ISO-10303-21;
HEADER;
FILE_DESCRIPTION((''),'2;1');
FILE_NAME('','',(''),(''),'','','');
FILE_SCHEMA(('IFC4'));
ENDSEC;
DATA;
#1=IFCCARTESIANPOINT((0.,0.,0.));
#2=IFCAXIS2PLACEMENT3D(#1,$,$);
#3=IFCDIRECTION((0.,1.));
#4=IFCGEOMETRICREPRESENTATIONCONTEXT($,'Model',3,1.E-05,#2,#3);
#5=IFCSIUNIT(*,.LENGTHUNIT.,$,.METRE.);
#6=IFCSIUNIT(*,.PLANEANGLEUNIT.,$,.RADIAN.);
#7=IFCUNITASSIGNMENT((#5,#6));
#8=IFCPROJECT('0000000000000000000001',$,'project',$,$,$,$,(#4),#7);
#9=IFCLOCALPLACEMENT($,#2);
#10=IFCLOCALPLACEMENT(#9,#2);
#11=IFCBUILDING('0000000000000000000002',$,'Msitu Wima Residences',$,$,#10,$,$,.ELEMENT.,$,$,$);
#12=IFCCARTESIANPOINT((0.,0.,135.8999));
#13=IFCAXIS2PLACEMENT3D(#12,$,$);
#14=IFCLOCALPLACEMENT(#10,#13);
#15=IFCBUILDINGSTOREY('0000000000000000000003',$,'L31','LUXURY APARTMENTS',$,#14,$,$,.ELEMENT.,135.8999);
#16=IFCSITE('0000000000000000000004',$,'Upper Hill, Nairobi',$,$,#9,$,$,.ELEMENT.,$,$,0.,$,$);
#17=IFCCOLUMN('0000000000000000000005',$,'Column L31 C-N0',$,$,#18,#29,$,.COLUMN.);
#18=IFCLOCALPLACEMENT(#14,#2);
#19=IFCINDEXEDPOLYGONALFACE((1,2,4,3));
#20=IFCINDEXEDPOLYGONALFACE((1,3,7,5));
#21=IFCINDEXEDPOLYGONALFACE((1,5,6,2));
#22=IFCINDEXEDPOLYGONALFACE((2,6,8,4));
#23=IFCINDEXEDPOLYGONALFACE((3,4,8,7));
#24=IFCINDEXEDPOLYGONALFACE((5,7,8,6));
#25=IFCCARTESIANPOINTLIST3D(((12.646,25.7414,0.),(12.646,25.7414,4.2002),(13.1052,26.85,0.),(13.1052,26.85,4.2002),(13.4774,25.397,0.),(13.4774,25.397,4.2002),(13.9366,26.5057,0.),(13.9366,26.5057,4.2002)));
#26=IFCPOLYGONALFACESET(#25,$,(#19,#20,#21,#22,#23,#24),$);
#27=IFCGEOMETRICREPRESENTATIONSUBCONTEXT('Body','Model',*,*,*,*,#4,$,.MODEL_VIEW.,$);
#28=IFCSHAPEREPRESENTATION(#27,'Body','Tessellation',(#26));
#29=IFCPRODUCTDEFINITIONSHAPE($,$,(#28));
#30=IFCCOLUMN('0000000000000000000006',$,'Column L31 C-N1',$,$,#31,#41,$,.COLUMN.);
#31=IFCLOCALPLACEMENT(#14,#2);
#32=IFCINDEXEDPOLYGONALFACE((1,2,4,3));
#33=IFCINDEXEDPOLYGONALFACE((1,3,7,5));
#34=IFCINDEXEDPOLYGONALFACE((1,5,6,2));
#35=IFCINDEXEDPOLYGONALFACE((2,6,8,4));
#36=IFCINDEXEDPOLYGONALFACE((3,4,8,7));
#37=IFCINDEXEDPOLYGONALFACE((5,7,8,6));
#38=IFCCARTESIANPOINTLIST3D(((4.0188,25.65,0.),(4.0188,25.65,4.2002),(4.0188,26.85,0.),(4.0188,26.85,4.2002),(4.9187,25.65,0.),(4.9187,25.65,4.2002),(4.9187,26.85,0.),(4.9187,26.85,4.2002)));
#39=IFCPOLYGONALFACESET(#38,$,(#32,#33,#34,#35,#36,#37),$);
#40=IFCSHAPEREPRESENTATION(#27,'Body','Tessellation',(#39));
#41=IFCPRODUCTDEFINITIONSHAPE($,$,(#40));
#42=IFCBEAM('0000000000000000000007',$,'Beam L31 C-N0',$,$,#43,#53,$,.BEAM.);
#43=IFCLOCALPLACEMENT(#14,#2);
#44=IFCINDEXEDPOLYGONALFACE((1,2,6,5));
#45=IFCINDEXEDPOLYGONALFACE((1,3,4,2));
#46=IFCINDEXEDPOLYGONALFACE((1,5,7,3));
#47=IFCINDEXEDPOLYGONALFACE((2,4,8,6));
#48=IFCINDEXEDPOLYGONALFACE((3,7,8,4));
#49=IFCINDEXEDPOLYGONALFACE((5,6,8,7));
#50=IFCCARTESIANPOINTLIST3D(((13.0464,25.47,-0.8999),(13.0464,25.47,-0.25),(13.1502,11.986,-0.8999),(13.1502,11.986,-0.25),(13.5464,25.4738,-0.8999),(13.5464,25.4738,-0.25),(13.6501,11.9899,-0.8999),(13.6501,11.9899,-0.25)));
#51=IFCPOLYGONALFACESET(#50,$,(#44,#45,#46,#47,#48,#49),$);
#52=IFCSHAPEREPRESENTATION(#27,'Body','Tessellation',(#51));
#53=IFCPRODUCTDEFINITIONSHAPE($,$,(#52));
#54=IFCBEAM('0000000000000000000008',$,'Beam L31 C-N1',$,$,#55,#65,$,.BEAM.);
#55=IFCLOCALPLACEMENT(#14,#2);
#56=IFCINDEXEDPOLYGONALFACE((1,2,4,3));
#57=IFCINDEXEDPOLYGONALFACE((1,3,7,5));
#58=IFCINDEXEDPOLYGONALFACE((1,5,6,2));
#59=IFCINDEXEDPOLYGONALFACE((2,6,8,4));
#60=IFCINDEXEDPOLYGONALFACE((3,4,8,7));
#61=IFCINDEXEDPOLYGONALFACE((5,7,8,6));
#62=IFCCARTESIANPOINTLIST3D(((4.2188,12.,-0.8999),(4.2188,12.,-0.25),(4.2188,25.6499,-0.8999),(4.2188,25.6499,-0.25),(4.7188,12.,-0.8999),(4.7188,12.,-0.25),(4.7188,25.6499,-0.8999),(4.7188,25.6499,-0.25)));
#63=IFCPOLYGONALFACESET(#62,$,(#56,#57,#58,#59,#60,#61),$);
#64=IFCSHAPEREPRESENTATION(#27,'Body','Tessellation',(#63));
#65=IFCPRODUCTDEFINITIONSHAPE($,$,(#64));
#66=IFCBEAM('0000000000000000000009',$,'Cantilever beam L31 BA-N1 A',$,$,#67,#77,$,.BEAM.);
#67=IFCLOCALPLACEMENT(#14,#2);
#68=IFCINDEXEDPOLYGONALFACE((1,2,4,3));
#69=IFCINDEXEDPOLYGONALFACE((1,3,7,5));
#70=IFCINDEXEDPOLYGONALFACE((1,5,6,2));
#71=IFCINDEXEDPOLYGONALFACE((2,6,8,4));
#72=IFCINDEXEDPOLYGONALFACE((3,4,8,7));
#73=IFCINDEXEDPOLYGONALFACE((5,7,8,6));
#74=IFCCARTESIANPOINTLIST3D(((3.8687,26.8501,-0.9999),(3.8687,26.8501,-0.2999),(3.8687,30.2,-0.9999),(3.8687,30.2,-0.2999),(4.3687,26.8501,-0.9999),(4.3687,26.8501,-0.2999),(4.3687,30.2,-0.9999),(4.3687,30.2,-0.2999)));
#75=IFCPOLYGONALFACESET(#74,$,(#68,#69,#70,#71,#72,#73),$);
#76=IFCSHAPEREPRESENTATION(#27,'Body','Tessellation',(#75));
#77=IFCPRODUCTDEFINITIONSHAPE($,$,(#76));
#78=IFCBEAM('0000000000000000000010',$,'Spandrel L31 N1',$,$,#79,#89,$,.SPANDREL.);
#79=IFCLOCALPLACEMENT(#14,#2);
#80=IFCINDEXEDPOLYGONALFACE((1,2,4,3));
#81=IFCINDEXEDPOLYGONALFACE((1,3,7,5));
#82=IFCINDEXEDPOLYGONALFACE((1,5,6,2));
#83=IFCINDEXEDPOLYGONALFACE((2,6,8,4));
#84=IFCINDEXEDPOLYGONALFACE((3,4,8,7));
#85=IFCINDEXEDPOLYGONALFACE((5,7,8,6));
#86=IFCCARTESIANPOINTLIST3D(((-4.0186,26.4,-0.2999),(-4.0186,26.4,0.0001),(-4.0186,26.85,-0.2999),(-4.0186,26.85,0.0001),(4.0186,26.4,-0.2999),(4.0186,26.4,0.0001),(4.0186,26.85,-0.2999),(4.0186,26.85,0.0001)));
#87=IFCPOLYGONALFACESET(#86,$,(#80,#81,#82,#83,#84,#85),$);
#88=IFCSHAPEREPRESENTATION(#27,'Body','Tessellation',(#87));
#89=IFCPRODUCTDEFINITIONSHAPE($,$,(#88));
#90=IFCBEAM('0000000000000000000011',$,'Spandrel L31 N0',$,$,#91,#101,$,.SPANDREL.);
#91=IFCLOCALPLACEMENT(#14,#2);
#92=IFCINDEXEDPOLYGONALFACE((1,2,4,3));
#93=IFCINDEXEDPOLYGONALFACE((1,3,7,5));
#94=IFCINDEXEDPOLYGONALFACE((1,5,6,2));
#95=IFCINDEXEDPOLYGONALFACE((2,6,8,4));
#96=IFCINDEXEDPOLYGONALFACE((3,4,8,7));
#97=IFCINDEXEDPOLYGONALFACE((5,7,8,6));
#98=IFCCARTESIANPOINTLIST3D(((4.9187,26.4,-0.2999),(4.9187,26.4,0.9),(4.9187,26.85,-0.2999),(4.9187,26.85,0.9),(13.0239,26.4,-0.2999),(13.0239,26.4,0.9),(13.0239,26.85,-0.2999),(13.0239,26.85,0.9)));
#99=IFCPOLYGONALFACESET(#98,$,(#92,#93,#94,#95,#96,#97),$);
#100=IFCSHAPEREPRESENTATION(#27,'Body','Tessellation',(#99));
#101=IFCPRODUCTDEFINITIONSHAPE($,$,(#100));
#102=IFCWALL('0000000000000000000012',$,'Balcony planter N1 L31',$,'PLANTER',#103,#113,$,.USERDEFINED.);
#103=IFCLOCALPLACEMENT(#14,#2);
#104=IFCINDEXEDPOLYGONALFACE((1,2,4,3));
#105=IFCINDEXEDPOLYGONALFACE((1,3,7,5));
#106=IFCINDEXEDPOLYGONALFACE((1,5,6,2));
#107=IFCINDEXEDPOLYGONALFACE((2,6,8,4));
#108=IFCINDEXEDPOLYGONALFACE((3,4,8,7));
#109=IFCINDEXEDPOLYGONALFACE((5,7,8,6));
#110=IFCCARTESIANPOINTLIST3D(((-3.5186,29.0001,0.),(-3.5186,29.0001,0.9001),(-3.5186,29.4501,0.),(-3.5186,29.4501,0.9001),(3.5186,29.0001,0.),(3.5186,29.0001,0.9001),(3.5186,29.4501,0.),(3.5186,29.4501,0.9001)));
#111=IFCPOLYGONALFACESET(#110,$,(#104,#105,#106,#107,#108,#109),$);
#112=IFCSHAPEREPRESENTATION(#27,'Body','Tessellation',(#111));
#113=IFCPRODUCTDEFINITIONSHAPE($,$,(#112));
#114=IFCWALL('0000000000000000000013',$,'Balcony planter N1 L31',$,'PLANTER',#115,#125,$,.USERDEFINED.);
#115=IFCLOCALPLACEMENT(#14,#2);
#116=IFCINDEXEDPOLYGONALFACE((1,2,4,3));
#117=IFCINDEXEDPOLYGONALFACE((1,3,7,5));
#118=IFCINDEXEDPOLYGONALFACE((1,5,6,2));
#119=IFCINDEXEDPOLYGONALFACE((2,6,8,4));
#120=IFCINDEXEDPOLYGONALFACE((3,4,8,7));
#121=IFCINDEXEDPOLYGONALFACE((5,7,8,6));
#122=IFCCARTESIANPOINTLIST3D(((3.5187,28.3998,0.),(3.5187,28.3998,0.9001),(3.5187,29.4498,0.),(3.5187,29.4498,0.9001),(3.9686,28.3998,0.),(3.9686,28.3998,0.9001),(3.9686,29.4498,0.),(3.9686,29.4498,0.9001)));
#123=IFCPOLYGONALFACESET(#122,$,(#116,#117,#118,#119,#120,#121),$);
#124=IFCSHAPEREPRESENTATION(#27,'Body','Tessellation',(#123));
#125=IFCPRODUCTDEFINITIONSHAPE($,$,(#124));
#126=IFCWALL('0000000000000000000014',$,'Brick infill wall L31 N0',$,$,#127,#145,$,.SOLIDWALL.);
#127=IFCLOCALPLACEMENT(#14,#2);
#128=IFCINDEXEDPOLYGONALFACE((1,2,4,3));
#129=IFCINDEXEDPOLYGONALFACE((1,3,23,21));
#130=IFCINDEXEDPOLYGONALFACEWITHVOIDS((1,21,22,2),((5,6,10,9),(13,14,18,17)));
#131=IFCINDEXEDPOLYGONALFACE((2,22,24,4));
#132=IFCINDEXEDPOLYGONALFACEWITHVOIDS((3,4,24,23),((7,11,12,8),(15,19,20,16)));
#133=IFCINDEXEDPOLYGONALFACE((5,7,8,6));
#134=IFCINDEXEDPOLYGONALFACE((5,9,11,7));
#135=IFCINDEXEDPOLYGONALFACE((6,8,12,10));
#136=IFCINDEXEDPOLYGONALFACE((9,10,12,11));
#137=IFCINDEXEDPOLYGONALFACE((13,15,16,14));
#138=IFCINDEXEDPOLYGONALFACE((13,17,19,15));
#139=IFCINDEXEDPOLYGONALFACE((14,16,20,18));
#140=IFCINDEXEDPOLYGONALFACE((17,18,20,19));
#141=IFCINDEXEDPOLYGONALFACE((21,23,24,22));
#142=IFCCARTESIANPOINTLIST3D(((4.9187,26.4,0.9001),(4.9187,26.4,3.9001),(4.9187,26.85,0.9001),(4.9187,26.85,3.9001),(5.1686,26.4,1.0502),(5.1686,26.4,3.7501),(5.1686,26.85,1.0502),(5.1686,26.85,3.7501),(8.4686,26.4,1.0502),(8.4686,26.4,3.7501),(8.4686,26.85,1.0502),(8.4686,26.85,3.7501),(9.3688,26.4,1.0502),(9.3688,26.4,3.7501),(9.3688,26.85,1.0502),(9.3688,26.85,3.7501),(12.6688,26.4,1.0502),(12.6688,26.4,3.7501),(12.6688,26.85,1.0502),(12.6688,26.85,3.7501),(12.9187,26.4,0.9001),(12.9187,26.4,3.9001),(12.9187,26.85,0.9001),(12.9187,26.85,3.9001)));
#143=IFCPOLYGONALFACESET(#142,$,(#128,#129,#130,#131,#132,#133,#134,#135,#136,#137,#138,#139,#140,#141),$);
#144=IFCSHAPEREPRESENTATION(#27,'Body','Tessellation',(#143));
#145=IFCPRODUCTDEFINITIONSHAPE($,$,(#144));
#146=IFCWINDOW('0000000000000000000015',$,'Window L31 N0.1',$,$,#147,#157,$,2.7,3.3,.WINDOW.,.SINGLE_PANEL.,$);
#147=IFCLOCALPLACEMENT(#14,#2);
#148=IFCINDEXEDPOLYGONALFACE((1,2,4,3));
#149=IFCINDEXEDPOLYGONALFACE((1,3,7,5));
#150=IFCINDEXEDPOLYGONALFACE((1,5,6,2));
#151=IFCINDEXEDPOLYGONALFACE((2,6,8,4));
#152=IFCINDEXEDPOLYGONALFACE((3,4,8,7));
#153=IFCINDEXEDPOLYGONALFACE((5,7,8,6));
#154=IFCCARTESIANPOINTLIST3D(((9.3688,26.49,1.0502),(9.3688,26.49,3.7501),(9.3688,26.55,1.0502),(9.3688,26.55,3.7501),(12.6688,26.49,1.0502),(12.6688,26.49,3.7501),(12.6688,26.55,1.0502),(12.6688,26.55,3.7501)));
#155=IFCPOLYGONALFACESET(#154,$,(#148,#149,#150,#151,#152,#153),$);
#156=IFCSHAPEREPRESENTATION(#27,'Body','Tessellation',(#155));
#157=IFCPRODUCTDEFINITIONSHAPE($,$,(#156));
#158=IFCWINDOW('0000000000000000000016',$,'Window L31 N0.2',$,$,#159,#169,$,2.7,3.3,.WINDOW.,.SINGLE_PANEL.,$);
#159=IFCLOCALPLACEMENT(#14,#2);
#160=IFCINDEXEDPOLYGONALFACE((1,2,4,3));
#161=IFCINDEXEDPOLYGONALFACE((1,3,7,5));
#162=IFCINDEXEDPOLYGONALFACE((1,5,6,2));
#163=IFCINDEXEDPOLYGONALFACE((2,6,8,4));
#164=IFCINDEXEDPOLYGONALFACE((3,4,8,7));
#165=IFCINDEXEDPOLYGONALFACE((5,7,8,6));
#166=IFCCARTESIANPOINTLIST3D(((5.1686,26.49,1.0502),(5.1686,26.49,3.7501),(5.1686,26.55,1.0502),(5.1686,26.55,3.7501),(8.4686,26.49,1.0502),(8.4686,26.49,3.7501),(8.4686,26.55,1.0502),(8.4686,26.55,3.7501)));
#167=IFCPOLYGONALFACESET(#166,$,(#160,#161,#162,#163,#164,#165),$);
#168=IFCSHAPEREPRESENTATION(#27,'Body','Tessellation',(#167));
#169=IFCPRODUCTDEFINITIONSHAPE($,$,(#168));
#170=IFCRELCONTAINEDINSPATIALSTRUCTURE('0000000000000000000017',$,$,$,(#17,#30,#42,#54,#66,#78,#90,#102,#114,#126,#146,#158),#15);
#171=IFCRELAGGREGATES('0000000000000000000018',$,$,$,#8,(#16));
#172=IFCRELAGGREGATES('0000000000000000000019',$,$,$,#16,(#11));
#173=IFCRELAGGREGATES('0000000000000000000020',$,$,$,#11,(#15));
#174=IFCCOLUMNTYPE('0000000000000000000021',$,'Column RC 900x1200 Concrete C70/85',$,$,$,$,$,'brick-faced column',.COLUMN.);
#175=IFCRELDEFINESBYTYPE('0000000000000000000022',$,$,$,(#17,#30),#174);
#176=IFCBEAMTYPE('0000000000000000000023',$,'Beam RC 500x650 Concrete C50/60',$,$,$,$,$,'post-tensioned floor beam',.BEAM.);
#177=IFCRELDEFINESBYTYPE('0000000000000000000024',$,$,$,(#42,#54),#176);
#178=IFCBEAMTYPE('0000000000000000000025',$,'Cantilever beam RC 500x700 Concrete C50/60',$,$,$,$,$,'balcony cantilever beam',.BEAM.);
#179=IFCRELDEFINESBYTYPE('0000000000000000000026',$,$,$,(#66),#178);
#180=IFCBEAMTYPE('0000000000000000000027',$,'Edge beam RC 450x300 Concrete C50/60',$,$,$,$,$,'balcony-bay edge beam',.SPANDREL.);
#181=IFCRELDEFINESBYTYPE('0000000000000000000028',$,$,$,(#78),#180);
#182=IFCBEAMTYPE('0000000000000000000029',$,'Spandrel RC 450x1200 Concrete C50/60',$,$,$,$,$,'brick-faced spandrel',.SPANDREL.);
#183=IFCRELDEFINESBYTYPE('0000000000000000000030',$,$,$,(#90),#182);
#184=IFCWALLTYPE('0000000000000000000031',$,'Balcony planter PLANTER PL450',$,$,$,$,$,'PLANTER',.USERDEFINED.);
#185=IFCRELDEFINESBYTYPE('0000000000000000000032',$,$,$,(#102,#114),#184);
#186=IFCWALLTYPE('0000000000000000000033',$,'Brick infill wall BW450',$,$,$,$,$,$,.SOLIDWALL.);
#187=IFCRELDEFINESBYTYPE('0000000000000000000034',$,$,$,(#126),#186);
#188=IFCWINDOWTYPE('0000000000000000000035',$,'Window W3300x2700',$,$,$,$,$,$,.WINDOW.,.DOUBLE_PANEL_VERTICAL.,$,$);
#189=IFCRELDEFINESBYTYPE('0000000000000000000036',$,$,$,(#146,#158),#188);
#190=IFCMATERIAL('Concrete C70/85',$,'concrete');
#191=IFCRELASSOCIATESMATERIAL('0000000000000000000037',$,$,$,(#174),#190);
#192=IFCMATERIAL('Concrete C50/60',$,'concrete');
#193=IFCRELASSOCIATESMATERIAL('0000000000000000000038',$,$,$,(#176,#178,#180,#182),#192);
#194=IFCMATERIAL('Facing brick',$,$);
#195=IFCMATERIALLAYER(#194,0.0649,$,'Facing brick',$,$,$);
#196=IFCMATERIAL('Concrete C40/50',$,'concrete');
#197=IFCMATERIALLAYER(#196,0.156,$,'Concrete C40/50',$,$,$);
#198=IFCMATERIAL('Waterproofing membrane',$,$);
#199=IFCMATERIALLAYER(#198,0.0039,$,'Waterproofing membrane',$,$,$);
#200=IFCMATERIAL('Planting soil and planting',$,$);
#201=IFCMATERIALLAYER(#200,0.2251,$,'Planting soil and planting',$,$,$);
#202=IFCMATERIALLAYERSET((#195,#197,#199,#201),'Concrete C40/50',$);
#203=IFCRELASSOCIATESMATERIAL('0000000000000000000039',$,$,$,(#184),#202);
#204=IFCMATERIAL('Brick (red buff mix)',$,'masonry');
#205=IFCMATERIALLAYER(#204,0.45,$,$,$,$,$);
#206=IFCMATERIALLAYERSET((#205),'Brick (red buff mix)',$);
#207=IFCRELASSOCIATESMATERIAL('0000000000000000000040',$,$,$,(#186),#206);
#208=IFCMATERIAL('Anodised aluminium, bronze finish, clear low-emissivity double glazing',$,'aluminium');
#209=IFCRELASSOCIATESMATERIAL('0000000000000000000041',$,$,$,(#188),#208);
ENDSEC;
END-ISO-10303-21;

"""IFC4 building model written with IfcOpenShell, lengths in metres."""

from ifc_helpers import new_model, si_unit, direction, frame, frame_2d, origin, origin_2d, place, context, subcontext, project, spatial, rectangle, extrude, material, layer, layer_set, material_profile, profile_set, type_object, element, fill, save


model = new_model("IFC4")

# Units and contexts
model_context = context("Model", 3, precision=1e-05, world=origin(), true_north=direction((0.0, 1.0)))
body_context = subcontext(model_context, "Body", "Model", "MODEL_VIEW")
ifc_project = project(units=[si_unit("LENGTHUNIT", "METRE"), si_unit("PLANEANGLEUNIT", "RADIAN")], contexts=[model_context])

# Site, building, storey
site_placement = place(None, origin())
site = spatial("IfcSite", under=ifc_project, at=site_placement, Name="Upper Hill, Nairobi", CompositionType="ELEMENT", RefElevation=0.0)
building_placement = place(site_placement, origin())
building = spatial("IfcBuilding", under=site, at=building_placement, Name="Msitu Wima Residences", CompositionType="ELEMENT")
storey_placement = place(building_placement, frame((0.0, 0.0, 135.8999)))
storey = spatial("IfcBuildingStorey", under=building, at=storey_placement, Name="L31", Description="LUXURY APARTMENTS", CompositionType="ELEMENT", Elevation=135.8999)

# Columns
ifc_material_1 = material(Name="Concrete C70/85", Category="concrete")
ifc_material_profile_1 = material_profile(ifc_material_1, rectangle(XDim=0.8999, YDim=1.2, at=origin_2d()), Name="RC 900x1200")
ifc_profile_set_1 = profile_set([ifc_material_profile_1], Name="Concrete C70/85")
column_type = type_object("IfcColumnType", Name="Column RC 900x1200 Concrete C70/85", ElementType="brick-faced column", PredefinedType="COLUMN", material=ifc_profile_set_1)
for number, where, z_axis, x_axis, name in (
    (1, (13.2913, 26.1235, 0.0), (0.0, 0.0, 1.0), (-0.92388, 0.382683, 0.0), "Column L31 C-N0"),
    (2, (4.4688, 26.25, 0.0), (0.0, 0.0, 1.0), (-1.0, 0.0, 0.0), "Column L31 C-N1"),
):
    element("IfcColumn", number, at=place(storey_placement, frame(where, z_axis=z_axis, x_axis=x_axis)), inside=storey, type_object=column_type, Name=name, PredefinedType="COLUMN", context=body_context, shape_type="SweptSolid", body=[
        extrude(rectangle(XDim=0.8999, YDim=1.2, at=origin_2d()), origin(), (0.0, 0.0, 1.0), 4.2002),
    ])

# Beams
ifc_material_2 = material(Name="Concrete C50/60", Category="concrete")
ifc_material_profile_2 = material_profile(ifc_material_2, rectangle(XDim=0.5, YDim=0.6499, at=origin_2d()), Name="RC 500x650")
ifc_profile_set_2 = profile_set([ifc_material_profile_2], Name="Concrete C50/60")
beam_type_1 = type_object("IfcBeamType", Name="Beam RC 500x650 Concrete C50/60", ElementType="post-tensioned floor beam", PredefinedType="BEAM", material=ifc_profile_set_2)
beam_1_placement = place(storey_placement, frame((13.2964, 25.4719, -0.575), z_axis=(0.007695, -0.99997, 0.0), x_axis=(0.99997, 0.007695, 0.0)))
element("IfcBeam", 3, at=beam_1_placement, inside=storey, type_object=beam_type_1, Name="Beam L31 C-N0", PredefinedType="BEAM", context=body_context, shape_type="SweptSolid", body=[
    extrude(rectangle(XDim=0.5, YDim=0.6499, at=origin_2d()), origin(), (0.0, 0.0, 1.0), 13.4844),
])
beam_2_placement = place(storey_placement, frame((4.4688, 25.6499, -0.575), z_axis=(0.0, -1.0, 0.0), x_axis=(1.0, 0.0, 0.0)))
element("IfcBeam", 4, at=beam_2_placement, inside=storey, type_object=beam_type_1, Name="Beam L31 C-N1", PredefinedType="BEAM", context=body_context, shape_type="SweptSolid", body=[
    extrude(rectangle(XDim=0.5, YDim=0.6499, at=origin_2d()), origin(), (0.0, 0.0, 1.0), 13.6499),
])
ifc_material_profile_3 = material_profile(ifc_material_2, rectangle(XDim=0.5, YDim=0.7, at=origin_2d()), Name="RC 500x700")
ifc_profile_set_3 = profile_set([ifc_material_profile_3], Name="Concrete C50/60")
beam_type_2 = type_object("IfcBeamType", Name="Cantilever beam RC 500x700 Concrete C50/60", ElementType="balcony cantilever beam", PredefinedType="BEAM", material=ifc_profile_set_3)
beam_3_placement = place(storey_placement, frame((4.1187, 26.8501, -0.6499), z_axis=(0.0, 1.0, 0.0), x_axis=(-1.0, 0.0, 0.0)))
element("IfcBeam", 5, at=beam_3_placement, inside=storey, type_object=beam_type_2, Name="Cantilever beam L31 BA-N1 A", PredefinedType="BEAM", context=body_context, shape_type="SweptSolid", body=[
    extrude(rectangle(XDim=0.5, YDim=0.7, at=origin_2d()), origin(), (0.0, 0.0, 1.0), 3.3499),
])
ifc_material_profile_4 = material_profile(ifc_material_2, rectangle(XDim=0.45, YDim=0.3, at=origin_2d()), Name="RC 450x300")
ifc_profile_set_4 = profile_set([ifc_material_profile_4], Name="Concrete C50/60")
beam_type_3 = type_object("IfcBeamType", Name="Edge beam RC 450x300 Concrete C50/60", ElementType="balcony-bay edge beam", PredefinedType="SPANDREL", material=ifc_profile_set_4)
beam_4_placement = place(storey_placement, frame((4.0186, 26.625, -0.1499), z_axis=(-1.0, 0.0, 0.0), x_axis=(0.0, -1.0, 0.0)))
element("IfcBeam", 6, at=beam_4_placement, inside=storey, type_object=beam_type_3, Name="Spandrel L31 N1", PredefinedType="SPANDREL", context=body_context, shape_type="SweptSolid", body=[
    extrude(rectangle(XDim=0.45, YDim=0.3, at=origin_2d()), origin(), (0.0, 0.0, 1.0), 8.0371),
])
ifc_material_profile_5 = material_profile(ifc_material_2, rectangle(XDim=0.45, YDim=1.2, at=origin_2d()), Name="RC 450x1200")
ifc_profile_set_5 = profile_set([ifc_material_profile_5], Name="Concrete C50/60")
beam_type_4 = type_object("IfcBeamType", Name="Spandrel RC 450x1200 Concrete C50/60", ElementType="brick-faced spandrel", PredefinedType="SPANDREL", material=ifc_profile_set_5)
beam_5_placement = place(storey_placement, frame((13.0239, 26.625, 0.3), z_axis=(-1.0, 0.0, 0.0), x_axis=(0.0, -1.0, 0.0)))
element("IfcBeam", 7, at=beam_5_placement, inside=storey, type_object=beam_type_4, Name="Spandrel L31 N0", PredefinedType="SPANDREL", context=body_context, shape_type="SweptSolid", body=[
    extrude(rectangle(XDim=0.45, YDim=1.2, at=origin_2d()), origin(), (0.0, 0.0, 1.0), 8.1052),
])

# Walls
ifc_material_3 = material(Name="Facing brick")
ifc_layer_1 = layer(ifc_material_3, 0.0649, Name="Facing brick")
ifc_material_4 = material(Name="Concrete C40/50", Category="concrete")
ifc_layer_2 = layer(ifc_material_4, 0.156, Name="Concrete C40/50")
ifc_material_5 = material(Name="Waterproofing membrane")
ifc_layer_3 = layer(ifc_material_5, 0.0039, Name="Waterproofing membrane")
ifc_material_6 = material(Name="Planting soil and planting")
ifc_layer_4 = layer(ifc_material_6, 0.2251, Name="Planting soil and planting")
ifc_layer_set_1 = layer_set([ifc_layer_1, ifc_layer_2, ifc_layer_3, ifc_layer_4], Name="Concrete C40/50")
wall_type_1 = type_object("IfcWallType", Name="Balcony planter PLANTER PL450", ElementType="PLANTER", PredefinedType="USERDEFINED", material=ifc_layer_set_1)
wall_1_placement = place(storey_placement, frame((3.5186, 29.2251, 0.0), z_axis=(0.0, 0.0, 1.0), x_axis=(-1.0, 0.0, 0.0)))
element("IfcWall", 8, at=wall_1_placement, inside=storey, type_object=wall_type_1, Name="Balcony planter N1 L31", ObjectType="PLANTER", PredefinedType="USERDEFINED", context=body_context, shape_type="SweptSolid", body=[
    extrude(rectangle(XDim=7.0371, YDim=0.45, at=frame_2d((3.5186, 0.0))), origin(), (0.0, 0.0, 1.0), 0.9001),
])
wall_2_placement = place(storey_placement, frame((3.7437, 28.3999, 0.0), z_axis=(0.0, 0.0, 1.0), x_axis=(0.0, 1.0, 0.0)))
element("IfcWall", 9, at=wall_2_placement, inside=storey, type_object=wall_type_1, Name="Balcony planter N1 L31", ObjectType="PLANTER", PredefinedType="USERDEFINED", context=body_context, shape_type="SweptSolid", body=[
    extrude(rectangle(XDim=1.05, YDim=0.45, at=frame_2d((0.5249, 0.0))), origin(), (0.0, 0.0, 1.0), 0.9001),
])

# Wall, openings, windows
ifc_material_7 = material(Name="Brick (red buff mix)", Category="masonry")
ifc_layer_5 = layer(ifc_material_7, 0.45)
ifc_layer_set_2 = layer_set([ifc_layer_5], Name="Brick (red buff mix)")
wall_type_2 = type_object("IfcWallType", Name="Brick infill wall BW450", PredefinedType="SOLIDWALL", material=ifc_layer_set_2)
wall_3_placement = place(storey_placement, frame((12.9187, 26.625, 0.9001), z_axis=(0.0, 0.0, 1.0), x_axis=(-1.0, 0.0, 0.0)))
wall_3 = element("IfcWall", 10, at=wall_3_placement, inside=storey, type_object=wall_type_2, Name="Brick infill wall L31 N0", PredefinedType="SOLIDWALL", context=body_context, shape_type="SweptSolid", body=[
    extrude(rectangle(XDim=8.0, YDim=0.45, at=frame_2d((4.0, 0.0))), origin(), (0.0, 0.0, 1.0), 3.0),
])
opening_1_placement = place(wall_3_placement, frame((0.25, 0.0, 0.1499)))
opening_1 = element("IfcOpeningElement", 11, at=opening_1_placement, cuts=wall_3, PredefinedType="OPENING", context=body_context, shape_type="SweptSolid", body=[
    extrude(rectangle(XDim=3.3, YDim=2.7, at=frame_2d((1.6499, 1.3501))), frame((0.0, 0.2349, 0.0), z_axis=(0.0, -1.0, 0.0), x_axis=(1.0, 0.0, 0.0)), (0.0, 0.0, 1.0), 0.47),
])
opening_2_placement = place(wall_3_placement, frame((4.4502, 0.0, 0.1499)))
opening_2 = element("IfcOpeningElement", 12, at=opening_2_placement, cuts=wall_3, PredefinedType="OPENING", context=body_context, shape_type="SweptSolid", body=[
    extrude(rectangle(XDim=3.3, YDim=2.7, at=frame_2d((1.6499, 1.3501))), frame((0.0, 0.2349, 0.0), z_axis=(0.0, -1.0, 0.0), x_axis=(1.0, 0.0, 0.0)), (0.0, 0.0, 1.0), 0.47),
])
ifc_material_8 = material(Name="Anodised aluminium, bronze finish, clear low-emissivity double glazing", Category="aluminium")
window_type = type_object("IfcWindowType", Name="Window W3300x2700", PartitioningType="DOUBLE_PANEL_VERTICAL", PredefinedType="WINDOW", material=ifc_material_8)
window_1_placement = place(opening_1_placement, origin())
window_1 = element("IfcWindow", 13, at=window_1_placement, inside=storey, type_object=window_type, Name="Window L31 N0.1", OverallHeight=2.7, OverallWidth=3.3, PartitioningType="SINGLE_PANEL", PredefinedType="WINDOW", context=body_context, shape_type="SweptSolid", body=[
    extrude(rectangle(XDim=3.3, YDim=2.7, at=frame_2d((1.6499, 1.3501))), frame((0.0, 0.135, 0.0), z_axis=(0.0, -1.0, 0.0), x_axis=(1.0, 0.0, 0.0)), (0.0, 0.0, 1.0), 0.0601),
])
fill(opening_1, window_1)
window_2_placement = place(opening_2_placement, origin())
window_2 = element("IfcWindow", 14, at=window_2_placement, inside=storey, type_object=window_type, Name="Window L31 N0.2", OverallHeight=2.7, OverallWidth=3.3, PartitioningType="SINGLE_PANEL", PredefinedType="WINDOW", context=body_context, shape_type="SweptSolid", body=[
    extrude(rectangle(XDim=3.3, YDim=2.7, at=frame_2d((1.6499, 1.3501))), frame((0.0, 0.135, 0.0), z_axis=(0.0, -1.0, 0.0), x_axis=(1.0, 0.0, 0.0)), (0.0, 0.0, 1.0), 0.0601),
])
fill(opening_2, window_2)

save(model, "model.ifc")
